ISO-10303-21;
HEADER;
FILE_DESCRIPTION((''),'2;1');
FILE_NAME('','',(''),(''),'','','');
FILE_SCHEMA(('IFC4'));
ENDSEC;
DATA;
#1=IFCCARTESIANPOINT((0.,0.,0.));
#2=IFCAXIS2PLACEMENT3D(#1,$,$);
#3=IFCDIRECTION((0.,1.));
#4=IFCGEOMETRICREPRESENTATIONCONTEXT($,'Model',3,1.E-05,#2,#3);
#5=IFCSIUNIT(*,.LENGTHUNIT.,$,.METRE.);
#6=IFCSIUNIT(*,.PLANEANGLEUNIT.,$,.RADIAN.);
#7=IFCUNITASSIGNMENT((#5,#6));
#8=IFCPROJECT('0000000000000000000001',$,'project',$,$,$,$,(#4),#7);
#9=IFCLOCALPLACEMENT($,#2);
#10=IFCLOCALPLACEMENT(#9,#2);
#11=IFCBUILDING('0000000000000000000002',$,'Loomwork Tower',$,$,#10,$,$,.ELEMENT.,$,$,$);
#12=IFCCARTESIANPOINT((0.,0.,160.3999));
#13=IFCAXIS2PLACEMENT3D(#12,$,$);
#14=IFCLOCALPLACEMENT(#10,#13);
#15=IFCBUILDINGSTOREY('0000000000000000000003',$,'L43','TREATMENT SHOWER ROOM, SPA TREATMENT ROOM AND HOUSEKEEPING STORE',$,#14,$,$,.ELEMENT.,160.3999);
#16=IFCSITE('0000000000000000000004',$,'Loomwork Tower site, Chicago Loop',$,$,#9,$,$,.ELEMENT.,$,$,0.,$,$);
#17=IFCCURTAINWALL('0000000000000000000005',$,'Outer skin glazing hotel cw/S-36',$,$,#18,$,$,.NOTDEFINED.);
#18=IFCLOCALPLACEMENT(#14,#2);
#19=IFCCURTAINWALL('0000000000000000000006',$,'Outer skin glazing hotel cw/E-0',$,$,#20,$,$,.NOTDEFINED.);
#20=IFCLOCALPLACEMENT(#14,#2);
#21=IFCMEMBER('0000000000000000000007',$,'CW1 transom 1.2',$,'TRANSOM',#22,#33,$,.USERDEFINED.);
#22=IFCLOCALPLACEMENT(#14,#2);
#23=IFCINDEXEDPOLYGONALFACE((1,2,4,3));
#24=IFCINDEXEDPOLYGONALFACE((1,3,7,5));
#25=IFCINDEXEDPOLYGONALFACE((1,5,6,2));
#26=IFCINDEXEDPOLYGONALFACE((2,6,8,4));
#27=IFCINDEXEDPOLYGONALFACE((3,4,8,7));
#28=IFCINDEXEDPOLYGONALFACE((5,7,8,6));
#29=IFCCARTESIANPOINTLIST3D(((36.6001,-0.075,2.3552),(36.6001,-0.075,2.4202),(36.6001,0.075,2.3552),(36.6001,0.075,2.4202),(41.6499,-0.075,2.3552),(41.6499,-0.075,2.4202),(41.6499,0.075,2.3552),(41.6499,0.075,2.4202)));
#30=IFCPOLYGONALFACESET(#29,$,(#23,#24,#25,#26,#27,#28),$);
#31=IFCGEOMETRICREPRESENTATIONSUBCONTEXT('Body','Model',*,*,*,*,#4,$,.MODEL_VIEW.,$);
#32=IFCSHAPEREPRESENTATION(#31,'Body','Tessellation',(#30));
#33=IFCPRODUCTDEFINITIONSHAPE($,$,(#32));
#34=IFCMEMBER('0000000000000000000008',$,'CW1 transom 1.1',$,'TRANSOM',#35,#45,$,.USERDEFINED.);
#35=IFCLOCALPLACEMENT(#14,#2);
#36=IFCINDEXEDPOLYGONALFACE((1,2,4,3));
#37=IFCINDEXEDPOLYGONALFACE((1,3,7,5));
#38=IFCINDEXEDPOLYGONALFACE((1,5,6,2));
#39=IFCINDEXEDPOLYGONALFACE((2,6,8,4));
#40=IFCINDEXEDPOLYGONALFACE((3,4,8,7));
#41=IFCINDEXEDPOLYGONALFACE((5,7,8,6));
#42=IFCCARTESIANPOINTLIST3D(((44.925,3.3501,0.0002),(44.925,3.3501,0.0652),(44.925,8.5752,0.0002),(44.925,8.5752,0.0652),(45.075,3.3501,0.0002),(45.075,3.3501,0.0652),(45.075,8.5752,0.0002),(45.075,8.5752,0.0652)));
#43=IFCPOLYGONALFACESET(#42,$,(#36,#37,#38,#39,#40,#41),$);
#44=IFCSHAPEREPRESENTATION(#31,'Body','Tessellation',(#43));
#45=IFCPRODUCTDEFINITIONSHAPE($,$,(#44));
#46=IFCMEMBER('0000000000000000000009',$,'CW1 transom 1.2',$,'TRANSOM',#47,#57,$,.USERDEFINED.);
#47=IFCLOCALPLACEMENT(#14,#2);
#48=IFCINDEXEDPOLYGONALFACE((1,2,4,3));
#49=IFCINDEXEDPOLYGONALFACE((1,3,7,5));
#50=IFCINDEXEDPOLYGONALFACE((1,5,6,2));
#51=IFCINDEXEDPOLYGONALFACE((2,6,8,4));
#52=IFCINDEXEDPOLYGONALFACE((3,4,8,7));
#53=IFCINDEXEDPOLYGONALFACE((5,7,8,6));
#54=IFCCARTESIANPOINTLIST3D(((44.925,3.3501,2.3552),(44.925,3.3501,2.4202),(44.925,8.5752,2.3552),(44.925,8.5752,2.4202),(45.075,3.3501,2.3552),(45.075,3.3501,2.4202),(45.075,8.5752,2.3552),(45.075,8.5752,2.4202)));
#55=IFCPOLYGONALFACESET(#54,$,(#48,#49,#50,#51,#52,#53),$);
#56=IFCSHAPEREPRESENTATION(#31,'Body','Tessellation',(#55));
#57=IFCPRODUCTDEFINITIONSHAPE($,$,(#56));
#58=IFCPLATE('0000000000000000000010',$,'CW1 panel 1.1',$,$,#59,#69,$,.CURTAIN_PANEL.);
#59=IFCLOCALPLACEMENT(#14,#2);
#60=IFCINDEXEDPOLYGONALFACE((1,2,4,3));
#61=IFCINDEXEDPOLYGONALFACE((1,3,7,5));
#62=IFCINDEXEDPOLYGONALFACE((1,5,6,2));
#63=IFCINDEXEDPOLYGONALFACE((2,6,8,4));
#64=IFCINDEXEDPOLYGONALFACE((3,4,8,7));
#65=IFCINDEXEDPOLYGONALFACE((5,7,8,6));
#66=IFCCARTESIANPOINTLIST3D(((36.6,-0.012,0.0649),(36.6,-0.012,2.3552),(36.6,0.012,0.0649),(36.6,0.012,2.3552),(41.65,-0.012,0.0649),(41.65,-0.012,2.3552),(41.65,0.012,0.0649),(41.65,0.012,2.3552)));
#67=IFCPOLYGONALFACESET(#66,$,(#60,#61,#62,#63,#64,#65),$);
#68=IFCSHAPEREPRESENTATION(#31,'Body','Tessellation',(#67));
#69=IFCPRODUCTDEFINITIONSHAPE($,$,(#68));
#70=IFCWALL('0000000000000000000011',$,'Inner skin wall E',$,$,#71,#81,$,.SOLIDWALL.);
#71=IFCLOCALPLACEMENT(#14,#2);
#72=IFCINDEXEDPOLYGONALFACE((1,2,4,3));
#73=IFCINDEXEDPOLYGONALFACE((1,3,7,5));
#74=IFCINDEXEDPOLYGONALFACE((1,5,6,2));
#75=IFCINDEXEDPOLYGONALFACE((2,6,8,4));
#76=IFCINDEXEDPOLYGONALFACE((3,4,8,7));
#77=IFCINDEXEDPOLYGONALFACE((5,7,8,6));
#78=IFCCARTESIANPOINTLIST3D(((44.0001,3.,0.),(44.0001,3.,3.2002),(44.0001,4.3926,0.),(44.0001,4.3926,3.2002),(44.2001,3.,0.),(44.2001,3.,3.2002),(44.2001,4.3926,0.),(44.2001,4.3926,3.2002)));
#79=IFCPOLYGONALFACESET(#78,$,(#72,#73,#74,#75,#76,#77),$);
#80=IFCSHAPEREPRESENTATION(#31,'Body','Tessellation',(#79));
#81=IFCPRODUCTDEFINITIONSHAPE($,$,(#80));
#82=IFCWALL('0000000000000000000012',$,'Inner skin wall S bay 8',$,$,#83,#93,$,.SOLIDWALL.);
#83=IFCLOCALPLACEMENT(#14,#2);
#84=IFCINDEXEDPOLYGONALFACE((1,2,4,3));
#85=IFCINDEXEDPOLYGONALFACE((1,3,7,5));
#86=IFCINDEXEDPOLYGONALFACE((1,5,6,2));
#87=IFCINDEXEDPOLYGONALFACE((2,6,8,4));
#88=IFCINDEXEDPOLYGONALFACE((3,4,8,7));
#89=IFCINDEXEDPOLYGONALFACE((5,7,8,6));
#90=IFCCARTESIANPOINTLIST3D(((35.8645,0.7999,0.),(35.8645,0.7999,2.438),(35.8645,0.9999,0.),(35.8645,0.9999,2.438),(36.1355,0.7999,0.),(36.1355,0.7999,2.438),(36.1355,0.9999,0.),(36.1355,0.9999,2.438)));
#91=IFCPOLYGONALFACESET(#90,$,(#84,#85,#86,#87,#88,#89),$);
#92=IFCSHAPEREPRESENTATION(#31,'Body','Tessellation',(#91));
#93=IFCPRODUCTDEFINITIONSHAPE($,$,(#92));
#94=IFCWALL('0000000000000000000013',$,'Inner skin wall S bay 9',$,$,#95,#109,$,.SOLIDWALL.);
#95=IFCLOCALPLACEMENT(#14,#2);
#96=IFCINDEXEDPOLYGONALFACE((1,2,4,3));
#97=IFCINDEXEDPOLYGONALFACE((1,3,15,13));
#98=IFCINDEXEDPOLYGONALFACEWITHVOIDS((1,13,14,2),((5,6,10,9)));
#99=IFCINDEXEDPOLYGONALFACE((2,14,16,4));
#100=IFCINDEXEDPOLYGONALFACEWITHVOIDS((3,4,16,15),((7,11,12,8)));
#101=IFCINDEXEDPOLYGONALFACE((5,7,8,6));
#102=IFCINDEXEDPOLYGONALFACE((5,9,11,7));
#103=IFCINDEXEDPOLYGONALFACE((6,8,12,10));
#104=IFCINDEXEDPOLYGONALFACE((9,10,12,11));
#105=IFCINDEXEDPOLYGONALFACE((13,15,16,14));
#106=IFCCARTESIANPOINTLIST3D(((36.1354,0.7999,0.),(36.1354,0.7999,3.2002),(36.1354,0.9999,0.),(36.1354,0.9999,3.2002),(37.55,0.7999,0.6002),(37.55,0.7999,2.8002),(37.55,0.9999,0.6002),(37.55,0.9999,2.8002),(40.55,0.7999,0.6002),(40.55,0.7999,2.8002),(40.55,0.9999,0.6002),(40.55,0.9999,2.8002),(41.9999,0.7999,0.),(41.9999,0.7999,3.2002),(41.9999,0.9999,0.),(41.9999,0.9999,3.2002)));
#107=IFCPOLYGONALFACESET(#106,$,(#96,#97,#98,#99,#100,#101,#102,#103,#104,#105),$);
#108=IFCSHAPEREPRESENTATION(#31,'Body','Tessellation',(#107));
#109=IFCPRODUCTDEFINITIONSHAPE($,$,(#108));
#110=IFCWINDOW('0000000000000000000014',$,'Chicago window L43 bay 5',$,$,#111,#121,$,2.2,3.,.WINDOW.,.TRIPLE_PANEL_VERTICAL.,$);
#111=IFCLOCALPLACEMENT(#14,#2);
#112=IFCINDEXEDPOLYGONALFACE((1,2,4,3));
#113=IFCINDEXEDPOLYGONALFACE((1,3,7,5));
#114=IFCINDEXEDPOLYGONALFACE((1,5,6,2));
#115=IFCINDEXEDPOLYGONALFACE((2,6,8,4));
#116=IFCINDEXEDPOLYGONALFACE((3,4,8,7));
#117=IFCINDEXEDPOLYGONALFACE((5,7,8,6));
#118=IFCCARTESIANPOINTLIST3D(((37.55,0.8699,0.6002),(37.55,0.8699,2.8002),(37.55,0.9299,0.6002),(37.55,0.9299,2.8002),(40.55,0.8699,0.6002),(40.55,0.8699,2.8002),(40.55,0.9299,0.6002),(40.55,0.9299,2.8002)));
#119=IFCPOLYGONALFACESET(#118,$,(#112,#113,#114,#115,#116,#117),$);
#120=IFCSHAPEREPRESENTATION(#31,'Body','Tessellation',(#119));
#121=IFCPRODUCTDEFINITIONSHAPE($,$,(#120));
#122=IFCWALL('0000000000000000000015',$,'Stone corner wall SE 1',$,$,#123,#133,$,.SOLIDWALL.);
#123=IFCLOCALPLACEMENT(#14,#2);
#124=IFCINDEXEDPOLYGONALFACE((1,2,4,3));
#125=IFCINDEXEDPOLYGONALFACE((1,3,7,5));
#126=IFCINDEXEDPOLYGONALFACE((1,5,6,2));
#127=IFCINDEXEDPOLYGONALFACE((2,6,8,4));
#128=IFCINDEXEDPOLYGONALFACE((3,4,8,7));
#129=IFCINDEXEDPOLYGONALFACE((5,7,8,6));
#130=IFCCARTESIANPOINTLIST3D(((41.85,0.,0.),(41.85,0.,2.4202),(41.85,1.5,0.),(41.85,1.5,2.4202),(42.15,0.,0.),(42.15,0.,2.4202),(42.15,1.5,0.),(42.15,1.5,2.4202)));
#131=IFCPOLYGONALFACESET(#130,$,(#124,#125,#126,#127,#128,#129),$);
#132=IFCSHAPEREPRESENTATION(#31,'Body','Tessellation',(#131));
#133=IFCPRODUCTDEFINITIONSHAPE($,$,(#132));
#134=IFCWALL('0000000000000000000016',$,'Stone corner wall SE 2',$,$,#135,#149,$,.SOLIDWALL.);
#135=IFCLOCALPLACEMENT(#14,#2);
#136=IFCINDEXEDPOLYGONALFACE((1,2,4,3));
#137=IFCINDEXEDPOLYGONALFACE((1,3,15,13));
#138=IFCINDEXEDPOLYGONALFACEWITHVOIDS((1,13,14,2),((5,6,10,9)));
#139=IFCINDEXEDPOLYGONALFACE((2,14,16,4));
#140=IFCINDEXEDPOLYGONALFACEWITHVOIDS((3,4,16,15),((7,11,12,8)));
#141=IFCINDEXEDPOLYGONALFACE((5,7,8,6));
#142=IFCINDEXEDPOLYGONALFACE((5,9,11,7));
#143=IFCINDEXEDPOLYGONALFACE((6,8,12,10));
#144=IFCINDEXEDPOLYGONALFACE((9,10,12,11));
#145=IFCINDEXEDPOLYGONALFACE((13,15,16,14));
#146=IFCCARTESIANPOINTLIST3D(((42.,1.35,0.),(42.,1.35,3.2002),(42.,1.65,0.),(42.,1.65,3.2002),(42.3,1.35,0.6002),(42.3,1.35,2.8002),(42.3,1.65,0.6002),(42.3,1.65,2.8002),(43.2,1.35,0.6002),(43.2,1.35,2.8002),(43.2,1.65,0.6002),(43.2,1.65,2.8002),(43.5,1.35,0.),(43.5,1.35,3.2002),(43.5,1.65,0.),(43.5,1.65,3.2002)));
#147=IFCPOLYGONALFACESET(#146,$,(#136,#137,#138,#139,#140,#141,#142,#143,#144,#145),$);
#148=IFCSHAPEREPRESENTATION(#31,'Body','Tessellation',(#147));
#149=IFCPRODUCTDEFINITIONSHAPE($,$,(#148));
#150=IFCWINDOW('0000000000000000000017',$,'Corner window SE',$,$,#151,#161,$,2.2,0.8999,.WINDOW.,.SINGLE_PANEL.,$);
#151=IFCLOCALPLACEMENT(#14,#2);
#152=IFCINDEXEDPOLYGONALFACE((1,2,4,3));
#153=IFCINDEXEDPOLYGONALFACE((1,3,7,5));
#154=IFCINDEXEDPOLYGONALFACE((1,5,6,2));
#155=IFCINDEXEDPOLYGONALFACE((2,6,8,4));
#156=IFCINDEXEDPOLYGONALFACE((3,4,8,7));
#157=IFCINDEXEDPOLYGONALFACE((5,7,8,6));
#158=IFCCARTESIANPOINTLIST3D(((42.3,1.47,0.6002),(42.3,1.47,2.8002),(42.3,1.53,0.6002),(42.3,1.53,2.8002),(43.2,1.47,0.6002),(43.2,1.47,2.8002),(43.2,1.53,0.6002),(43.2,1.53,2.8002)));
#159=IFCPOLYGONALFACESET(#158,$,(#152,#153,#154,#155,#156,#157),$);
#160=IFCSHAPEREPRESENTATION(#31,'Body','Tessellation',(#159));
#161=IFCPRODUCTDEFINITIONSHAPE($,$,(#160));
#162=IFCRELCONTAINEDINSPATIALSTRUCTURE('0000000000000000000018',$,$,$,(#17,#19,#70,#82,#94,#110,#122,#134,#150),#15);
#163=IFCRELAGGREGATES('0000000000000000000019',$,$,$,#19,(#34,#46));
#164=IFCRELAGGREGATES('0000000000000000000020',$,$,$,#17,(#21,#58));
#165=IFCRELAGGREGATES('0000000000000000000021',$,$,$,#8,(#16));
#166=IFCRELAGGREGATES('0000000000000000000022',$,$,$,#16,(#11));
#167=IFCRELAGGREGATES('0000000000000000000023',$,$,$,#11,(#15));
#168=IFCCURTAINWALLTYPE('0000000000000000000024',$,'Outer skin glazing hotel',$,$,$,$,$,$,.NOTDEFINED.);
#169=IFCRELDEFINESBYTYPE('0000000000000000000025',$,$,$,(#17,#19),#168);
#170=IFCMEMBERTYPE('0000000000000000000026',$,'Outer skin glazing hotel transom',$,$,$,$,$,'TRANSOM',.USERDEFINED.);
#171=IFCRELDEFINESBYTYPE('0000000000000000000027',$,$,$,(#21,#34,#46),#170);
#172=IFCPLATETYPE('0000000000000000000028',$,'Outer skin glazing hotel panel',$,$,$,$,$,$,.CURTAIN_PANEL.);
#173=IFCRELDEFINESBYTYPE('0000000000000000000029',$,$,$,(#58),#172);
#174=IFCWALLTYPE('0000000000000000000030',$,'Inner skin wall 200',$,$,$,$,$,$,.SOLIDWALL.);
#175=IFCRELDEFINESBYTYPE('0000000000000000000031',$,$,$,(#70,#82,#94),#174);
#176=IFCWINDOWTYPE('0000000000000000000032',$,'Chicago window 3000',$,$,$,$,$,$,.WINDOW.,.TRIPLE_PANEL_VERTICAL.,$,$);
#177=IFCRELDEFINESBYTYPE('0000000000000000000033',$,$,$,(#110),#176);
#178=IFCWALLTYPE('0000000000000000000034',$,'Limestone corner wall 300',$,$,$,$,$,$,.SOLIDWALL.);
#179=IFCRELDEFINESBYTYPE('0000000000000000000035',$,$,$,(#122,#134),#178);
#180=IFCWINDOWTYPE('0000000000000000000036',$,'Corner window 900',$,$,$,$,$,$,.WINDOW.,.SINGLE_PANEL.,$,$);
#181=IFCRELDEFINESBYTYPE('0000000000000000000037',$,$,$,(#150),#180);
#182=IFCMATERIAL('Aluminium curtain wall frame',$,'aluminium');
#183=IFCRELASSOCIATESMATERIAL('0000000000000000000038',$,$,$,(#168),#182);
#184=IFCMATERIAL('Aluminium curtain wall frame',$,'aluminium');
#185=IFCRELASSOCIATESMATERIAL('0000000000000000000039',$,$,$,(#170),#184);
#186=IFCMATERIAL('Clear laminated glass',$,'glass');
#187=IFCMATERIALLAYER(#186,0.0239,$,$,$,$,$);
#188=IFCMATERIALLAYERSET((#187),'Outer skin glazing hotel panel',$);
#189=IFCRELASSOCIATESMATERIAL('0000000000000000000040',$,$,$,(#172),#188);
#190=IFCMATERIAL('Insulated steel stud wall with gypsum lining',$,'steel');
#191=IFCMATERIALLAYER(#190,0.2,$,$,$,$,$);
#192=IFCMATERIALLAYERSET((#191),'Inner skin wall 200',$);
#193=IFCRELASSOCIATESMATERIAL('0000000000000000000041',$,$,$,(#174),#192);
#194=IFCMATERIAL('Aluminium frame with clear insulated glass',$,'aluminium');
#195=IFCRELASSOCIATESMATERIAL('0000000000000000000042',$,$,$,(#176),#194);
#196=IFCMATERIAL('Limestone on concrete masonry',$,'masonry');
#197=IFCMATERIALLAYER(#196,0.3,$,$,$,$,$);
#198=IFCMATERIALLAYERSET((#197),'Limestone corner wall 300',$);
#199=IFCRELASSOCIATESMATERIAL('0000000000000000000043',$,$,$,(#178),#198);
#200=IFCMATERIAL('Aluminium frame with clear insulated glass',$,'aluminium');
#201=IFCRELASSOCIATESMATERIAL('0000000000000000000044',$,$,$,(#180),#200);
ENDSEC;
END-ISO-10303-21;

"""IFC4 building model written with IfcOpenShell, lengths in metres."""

from ifc_helpers import new_model, si_unit, direction, frame, frame_2d, origin, origin_2d, place, context, subcontext, project, spatial, rectangle, extrude, material, layer, layer_set, material_profile, profile_set, type_object, element, fill, aggregate, save


model = new_model("IFC4")

# Units and contexts
model_context = context("Model", 3, precision=1e-05, world=origin(), true_north=direction((0.0, 1.0)))
body_context = subcontext(model_context, "Body", "Model", "MODEL_VIEW")
ifc_project = project(units=[si_unit("LENGTHUNIT", "METRE"), si_unit("PLANEANGLEUNIT", "RADIAN")], contexts=[model_context])

# Site, building, storey
site_placement = place(None, origin())
site = spatial("IfcSite", under=ifc_project, at=site_placement, Name="Loomwork Tower site, Chicago Loop", CompositionType="ELEMENT", RefElevation=0.0)
building_placement = place(site_placement, origin())
building = spatial("IfcBuilding", under=site, at=building_placement, Name="Loomwork Tower", CompositionType="ELEMENT")
storey_placement = place(building_placement, frame((0.0, 0.0, 160.3999)))
storey = spatial("IfcBuildingStorey", under=building, at=storey_placement, Name="L43", Description="TREATMENT SHOWER ROOM, SPA TREATMENT ROOM AND HOUSEKEEPING STORE", CompositionType="ELEMENT", Elevation=160.3999)

# Curtain wall
ifc_material_1 = material(Name="Aluminium curtain wall frame", Category="aluminium")
curtain_wall_type = type_object("IfcCurtainWallType", Name="Outer skin glazing hotel", PredefinedType="NOTDEFINED", material=ifc_material_1)
curtain_wall_1_placement = place(storey_placement, origin())
curtain_wall_1 = element("IfcCurtainWall", 1, at=curtain_wall_1_placement, inside=storey, type_object=curtain_wall_type, Name="Outer skin glazing hotel cw/S-36", PredefinedType="NOTDEFINED")

# Curtain wall
curtain_wall_2_placement = place(storey_placement, origin())
curtain_wall_2 = element("IfcCurtainWall", 2, at=curtain_wall_2_placement, inside=storey, type_object=curtain_wall_type, Name="Outer skin glazing hotel cw/E-0", PredefinedType="NOTDEFINED")

# Members
ifc_material_2 = material(Name="Aluminium curtain wall frame", Category="aluminium")
ifc_material_profile_1 = material_profile(ifc_material_2, rectangle(XDim=0.1499, YDim=0.0649, at=origin_2d()), Name="AL 65x150")
ifc_profile_set_1 = profile_set([ifc_material_profile_1], Name="Aluminium curtain wall frame")
member_type_1 = type_object("IfcMemberType", Name="Outer skin glazing hotel transom", ElementType="TRANSOM", PredefinedType="USERDEFINED", material=ifc_profile_set_1)
member_1_placement = place(storey_placement, frame((36.6001, 0.0, 2.3877), z_axis=(1.0, 0.0, 0.0), x_axis=(0.0, 1.0, 0.0)))
member_1 = element("IfcMember", 3, at=member_1_placement, type_object=member_type_1, Name="CW1 transom 1.2", ObjectType="TRANSOM", PredefinedType="USERDEFINED", context=body_context, shape_type="SweptSolid", body=[
    extrude(rectangle(XDim=0.1499, YDim=0.0649, at=origin_2d()), origin(), (0.0, 0.0, 1.0), 5.0498),
])
member_2_placement = place(storey_placement, frame((45.0, 3.3501, 0.0327), z_axis=(0.0, 1.0, 0.0), x_axis=(-1.0, 0.0, 0.0)))
member_2 = element("IfcMember", 4, at=member_2_placement, type_object=member_type_1, Name="CW1 transom 1.1", ObjectType="TRANSOM", PredefinedType="USERDEFINED", context=body_context, shape_type="SweptSolid", body=[
    extrude(rectangle(XDim=0.1499, YDim=0.0649, at=origin_2d()), origin(), (0.0, 0.0, 1.0), 5.2251),
])
member_3_placement = place(storey_placement, frame((45.0, 3.3501, 2.3877), z_axis=(0.0, 1.0, 0.0), x_axis=(-1.0, 0.0, 0.0)))
member_3 = element("IfcMember", 5, at=member_3_placement, type_object=member_type_1, Name="CW1 transom 1.2", ObjectType="TRANSOM", PredefinedType="USERDEFINED", context=body_context, shape_type="SweptSolid", body=[
    extrude(rectangle(XDim=0.1499, YDim=0.0649, at=origin_2d()), origin(), (0.0, 0.0, 1.0), 5.2251),
])
aggregate(curtain_wall_2, [member_2, member_3])

# Plate
ifc_material_3 = material(Name="Clear laminated glass", Category="glass")
ifc_layer_1 = layer(ifc_material_3, 0.0239)
ifc_layer_set_1 = layer_set([ifc_layer_1], Name="Outer skin glazing hotel panel")
plate_type = type_object("IfcPlateType", Name="Outer skin glazing hotel panel", PredefinedType="CURTAIN_PANEL", material=ifc_layer_set_1)
plate_placement = place(storey_placement, frame((39.125, 0.0, 0.0649), z_axis=(0.0, 0.0, 1.0), x_axis=(1.0, 0.0, 0.0)))
plate = element("IfcPlate", 6, at=plate_placement, type_object=plate_type, Name="CW1 panel 1.1", PredefinedType="CURTAIN_PANEL", context=body_context, shape_type="SweptSolid", body=[
    extrude(rectangle(XDim=5.05, YDim=0.0239, at=origin_2d()), origin(), (0.0, 0.0, 1.0), 2.2903),
])
aggregate(curtain_wall_1, [member_1, plate])

# Walls
ifc_material_4 = material(Name="Insulated steel stud wall with gypsum lining", Category="steel")
ifc_layer_2 = layer(ifc_material_4, 0.2)
ifc_layer_set_2 = layer_set([ifc_layer_2], Name="Inner skin wall 200")
wall_type_1 = type_object("IfcWallType", Name="Inner skin wall 200", PredefinedType="SOLIDWALL", material=ifc_layer_set_2)
wall_1_placement = place(storey_placement, frame((44.1001, 3.0, 0.0), z_axis=(0.0, 0.0, 1.0), x_axis=(0.0, 1.0, 0.0)))
element("IfcWall", 7, at=wall_1_placement, inside=storey, type_object=wall_type_1, Name="Inner skin wall E", PredefinedType="SOLIDWALL", context=body_context, shape_type="SweptSolid", body=[
    extrude(rectangle(XDim=1.3926, YDim=0.2, at=frame_2d((0.6963, 0.0))), origin(), (0.0, 0.0, 1.0), 3.2002),
])
wall_2_placement = place(storey_placement, frame((35.8645, 0.8999, 0.0), z_axis=(0.0, 0.0, 1.0), x_axis=(1.0, 0.0, 0.0)))
element("IfcWall", 8, at=wall_2_placement, inside=storey, type_object=wall_type_1, Name="Inner skin wall S bay 8", PredefinedType="SOLIDWALL", context=body_context, shape_type="SweptSolid", body=[
    extrude(rectangle(XDim=0.271, YDim=0.2, at=frame_2d((0.1355, 0.0))), origin(), (0.0, 0.0, 1.0), 2.438),
])

# Wall, opening, window
wall_3_placement = place(storey_placement, frame((36.1355, 0.8999, 0.0), z_axis=(0.0, 0.0, 1.0), x_axis=(1.0, 0.0, 0.0)))
wall_3 = element("IfcWall", 9, at=wall_3_placement, inside=storey, type_object=wall_type_1, Name="Inner skin wall S bay 9", PredefinedType="SOLIDWALL", context=body_context, shape_type="SweptSolid", body=[
    extrude(rectangle(XDim=5.8645, YDim=0.2, at=frame_2d((2.9321, 0.0))), origin(), (0.0, 0.0, 1.0), 3.2002),
])
opening_1_placement = place(wall_3_placement, frame((1.4146, 0.0, 0.6001)))
opening_1 = element("IfcOpeningElement", 10, at=opening_1_placement, cuts=wall_3, PredefinedType="OPENING", context=body_context, shape_type="SweptSolid", body=[
    extrude(rectangle(XDim=3.0, YDim=2.2, at=frame_2d((1.5, 1.1001))), frame((0.0, 0.1099, 0.0), z_axis=(0.0, -1.0, 0.0), x_axis=(1.0, 0.0, 0.0)), (0.0, 0.0, 1.0), 0.22),
])
ifc_material_5 = material(Name="Aluminium frame with clear insulated glass", Category="aluminium")
window_type_1 = type_object("IfcWindowType", Name="Chicago window 3000", PartitioningType="TRIPLE_PANEL_VERTICAL", PredefinedType="WINDOW", material=ifc_material_5)
window_1_placement = place(opening_1_placement, origin())
window_1 = element("IfcWindow", 11, at=window_1_placement, inside=storey, type_object=window_type_1, Name="Chicago window L43 bay 5", OverallHeight=2.2, OverallWidth=3.0, PartitioningType="TRIPLE_PANEL_VERTICAL", PredefinedType="WINDOW", context=body_context, shape_type="SweptSolid", body=[
    extrude(rectangle(XDim=3.0, YDim=2.2, at=frame_2d((1.5, 1.1001))), frame((0.0, 0.03, 0.0), z_axis=(0.0, -1.0, 0.0), x_axis=(1.0, 0.0, 0.0)), (0.0, 0.0, 1.0), 0.0601),
])
fill(opening_1, window_1)

# Wall
ifc_material_6 = material(Name="Limestone on concrete masonry", Category="masonry")
ifc_layer_3 = layer(ifc_material_6, 0.3)
ifc_layer_set_3 = layer_set([ifc_layer_3], Name="Limestone corner wall 300")
wall_type_2 = type_object("IfcWallType", Name="Limestone corner wall 300", PredefinedType="SOLIDWALL", material=ifc_layer_set_3)
wall_4_placement = place(storey_placement, frame((42.0, 0.0, 0.0), z_axis=(0.0, 0.0, 1.0), x_axis=(0.0, 1.0, 0.0)))
element("IfcWall", 12, at=wall_4_placement, inside=storey, type_object=wall_type_2, Name="Stone corner wall SE 1", PredefinedType="SOLIDWALL", context=body_context, shape_type="SweptSolid", body=[
    extrude(rectangle(XDim=1.5, YDim=0.3, at=frame_2d((0.75, 0.0))), origin(), (0.0, 0.0, 1.0), 2.4202),
])

# Wall, opening, window
wall_5_placement = place(storey_placement, frame((42.0, 1.5, 0.0), z_axis=(0.0, 0.0, 1.0), x_axis=(1.0, 0.0, 0.0)))
wall_5 = element("IfcWall", 13, at=wall_5_placement, inside=storey, type_object=wall_type_2, Name="Stone corner wall SE 2", PredefinedType="SOLIDWALL", context=body_context, shape_type="SweptSolid", body=[
    extrude(rectangle(XDim=1.5, YDim=0.3, at=frame_2d((0.75, 0.0))), origin(), (0.0, 0.0, 1.0), 3.2002),
])
opening_2_placement = place(wall_5_placement, frame((0.3, 0.0, 0.6001)))
opening_2 = element("IfcOpeningElement", 14, at=opening_2_placement, cuts=wall_5, PredefinedType="OPENING", context=body_context, shape_type="SweptSolid", body=[
    extrude(rectangle(XDim=0.8999, YDim=2.2, at=frame_2d((0.45, 1.1001))), frame((0.0, 0.1599, 0.0), z_axis=(0.0, -1.0, 0.0), x_axis=(1.0, 0.0, 0.0)), (0.0, 0.0, 1.0), 0.3201),
])
ifc_material_7 = material(Name="Aluminium frame with clear insulated glass", Category="aluminium")
window_type_2 = type_object("IfcWindowType", Name="Corner window 900", PartitioningType="SINGLE_PANEL", PredefinedType="WINDOW", material=ifc_material_7)
window_2_placement = place(opening_2_placement, origin())
window_2 = element("IfcWindow", 15, at=window_2_placement, inside=storey, type_object=window_type_2, Name="Corner window SE", OverallHeight=2.2, OverallWidth=0.8999, PartitioningType="SINGLE_PANEL", PredefinedType="WINDOW", context=body_context, shape_type="SweptSolid", body=[
    extrude(rectangle(XDim=0.8999, YDim=2.2, at=frame_2d((0.45, 1.1001))), frame((0.0, 0.03, 0.0), z_axis=(0.0, -1.0, 0.0), x_axis=(1.0, 0.0, 0.0)), (0.0, 0.0, 1.0), 0.0601),
])
fill(opening_2, window_2)

save(model, "model.ifc")
